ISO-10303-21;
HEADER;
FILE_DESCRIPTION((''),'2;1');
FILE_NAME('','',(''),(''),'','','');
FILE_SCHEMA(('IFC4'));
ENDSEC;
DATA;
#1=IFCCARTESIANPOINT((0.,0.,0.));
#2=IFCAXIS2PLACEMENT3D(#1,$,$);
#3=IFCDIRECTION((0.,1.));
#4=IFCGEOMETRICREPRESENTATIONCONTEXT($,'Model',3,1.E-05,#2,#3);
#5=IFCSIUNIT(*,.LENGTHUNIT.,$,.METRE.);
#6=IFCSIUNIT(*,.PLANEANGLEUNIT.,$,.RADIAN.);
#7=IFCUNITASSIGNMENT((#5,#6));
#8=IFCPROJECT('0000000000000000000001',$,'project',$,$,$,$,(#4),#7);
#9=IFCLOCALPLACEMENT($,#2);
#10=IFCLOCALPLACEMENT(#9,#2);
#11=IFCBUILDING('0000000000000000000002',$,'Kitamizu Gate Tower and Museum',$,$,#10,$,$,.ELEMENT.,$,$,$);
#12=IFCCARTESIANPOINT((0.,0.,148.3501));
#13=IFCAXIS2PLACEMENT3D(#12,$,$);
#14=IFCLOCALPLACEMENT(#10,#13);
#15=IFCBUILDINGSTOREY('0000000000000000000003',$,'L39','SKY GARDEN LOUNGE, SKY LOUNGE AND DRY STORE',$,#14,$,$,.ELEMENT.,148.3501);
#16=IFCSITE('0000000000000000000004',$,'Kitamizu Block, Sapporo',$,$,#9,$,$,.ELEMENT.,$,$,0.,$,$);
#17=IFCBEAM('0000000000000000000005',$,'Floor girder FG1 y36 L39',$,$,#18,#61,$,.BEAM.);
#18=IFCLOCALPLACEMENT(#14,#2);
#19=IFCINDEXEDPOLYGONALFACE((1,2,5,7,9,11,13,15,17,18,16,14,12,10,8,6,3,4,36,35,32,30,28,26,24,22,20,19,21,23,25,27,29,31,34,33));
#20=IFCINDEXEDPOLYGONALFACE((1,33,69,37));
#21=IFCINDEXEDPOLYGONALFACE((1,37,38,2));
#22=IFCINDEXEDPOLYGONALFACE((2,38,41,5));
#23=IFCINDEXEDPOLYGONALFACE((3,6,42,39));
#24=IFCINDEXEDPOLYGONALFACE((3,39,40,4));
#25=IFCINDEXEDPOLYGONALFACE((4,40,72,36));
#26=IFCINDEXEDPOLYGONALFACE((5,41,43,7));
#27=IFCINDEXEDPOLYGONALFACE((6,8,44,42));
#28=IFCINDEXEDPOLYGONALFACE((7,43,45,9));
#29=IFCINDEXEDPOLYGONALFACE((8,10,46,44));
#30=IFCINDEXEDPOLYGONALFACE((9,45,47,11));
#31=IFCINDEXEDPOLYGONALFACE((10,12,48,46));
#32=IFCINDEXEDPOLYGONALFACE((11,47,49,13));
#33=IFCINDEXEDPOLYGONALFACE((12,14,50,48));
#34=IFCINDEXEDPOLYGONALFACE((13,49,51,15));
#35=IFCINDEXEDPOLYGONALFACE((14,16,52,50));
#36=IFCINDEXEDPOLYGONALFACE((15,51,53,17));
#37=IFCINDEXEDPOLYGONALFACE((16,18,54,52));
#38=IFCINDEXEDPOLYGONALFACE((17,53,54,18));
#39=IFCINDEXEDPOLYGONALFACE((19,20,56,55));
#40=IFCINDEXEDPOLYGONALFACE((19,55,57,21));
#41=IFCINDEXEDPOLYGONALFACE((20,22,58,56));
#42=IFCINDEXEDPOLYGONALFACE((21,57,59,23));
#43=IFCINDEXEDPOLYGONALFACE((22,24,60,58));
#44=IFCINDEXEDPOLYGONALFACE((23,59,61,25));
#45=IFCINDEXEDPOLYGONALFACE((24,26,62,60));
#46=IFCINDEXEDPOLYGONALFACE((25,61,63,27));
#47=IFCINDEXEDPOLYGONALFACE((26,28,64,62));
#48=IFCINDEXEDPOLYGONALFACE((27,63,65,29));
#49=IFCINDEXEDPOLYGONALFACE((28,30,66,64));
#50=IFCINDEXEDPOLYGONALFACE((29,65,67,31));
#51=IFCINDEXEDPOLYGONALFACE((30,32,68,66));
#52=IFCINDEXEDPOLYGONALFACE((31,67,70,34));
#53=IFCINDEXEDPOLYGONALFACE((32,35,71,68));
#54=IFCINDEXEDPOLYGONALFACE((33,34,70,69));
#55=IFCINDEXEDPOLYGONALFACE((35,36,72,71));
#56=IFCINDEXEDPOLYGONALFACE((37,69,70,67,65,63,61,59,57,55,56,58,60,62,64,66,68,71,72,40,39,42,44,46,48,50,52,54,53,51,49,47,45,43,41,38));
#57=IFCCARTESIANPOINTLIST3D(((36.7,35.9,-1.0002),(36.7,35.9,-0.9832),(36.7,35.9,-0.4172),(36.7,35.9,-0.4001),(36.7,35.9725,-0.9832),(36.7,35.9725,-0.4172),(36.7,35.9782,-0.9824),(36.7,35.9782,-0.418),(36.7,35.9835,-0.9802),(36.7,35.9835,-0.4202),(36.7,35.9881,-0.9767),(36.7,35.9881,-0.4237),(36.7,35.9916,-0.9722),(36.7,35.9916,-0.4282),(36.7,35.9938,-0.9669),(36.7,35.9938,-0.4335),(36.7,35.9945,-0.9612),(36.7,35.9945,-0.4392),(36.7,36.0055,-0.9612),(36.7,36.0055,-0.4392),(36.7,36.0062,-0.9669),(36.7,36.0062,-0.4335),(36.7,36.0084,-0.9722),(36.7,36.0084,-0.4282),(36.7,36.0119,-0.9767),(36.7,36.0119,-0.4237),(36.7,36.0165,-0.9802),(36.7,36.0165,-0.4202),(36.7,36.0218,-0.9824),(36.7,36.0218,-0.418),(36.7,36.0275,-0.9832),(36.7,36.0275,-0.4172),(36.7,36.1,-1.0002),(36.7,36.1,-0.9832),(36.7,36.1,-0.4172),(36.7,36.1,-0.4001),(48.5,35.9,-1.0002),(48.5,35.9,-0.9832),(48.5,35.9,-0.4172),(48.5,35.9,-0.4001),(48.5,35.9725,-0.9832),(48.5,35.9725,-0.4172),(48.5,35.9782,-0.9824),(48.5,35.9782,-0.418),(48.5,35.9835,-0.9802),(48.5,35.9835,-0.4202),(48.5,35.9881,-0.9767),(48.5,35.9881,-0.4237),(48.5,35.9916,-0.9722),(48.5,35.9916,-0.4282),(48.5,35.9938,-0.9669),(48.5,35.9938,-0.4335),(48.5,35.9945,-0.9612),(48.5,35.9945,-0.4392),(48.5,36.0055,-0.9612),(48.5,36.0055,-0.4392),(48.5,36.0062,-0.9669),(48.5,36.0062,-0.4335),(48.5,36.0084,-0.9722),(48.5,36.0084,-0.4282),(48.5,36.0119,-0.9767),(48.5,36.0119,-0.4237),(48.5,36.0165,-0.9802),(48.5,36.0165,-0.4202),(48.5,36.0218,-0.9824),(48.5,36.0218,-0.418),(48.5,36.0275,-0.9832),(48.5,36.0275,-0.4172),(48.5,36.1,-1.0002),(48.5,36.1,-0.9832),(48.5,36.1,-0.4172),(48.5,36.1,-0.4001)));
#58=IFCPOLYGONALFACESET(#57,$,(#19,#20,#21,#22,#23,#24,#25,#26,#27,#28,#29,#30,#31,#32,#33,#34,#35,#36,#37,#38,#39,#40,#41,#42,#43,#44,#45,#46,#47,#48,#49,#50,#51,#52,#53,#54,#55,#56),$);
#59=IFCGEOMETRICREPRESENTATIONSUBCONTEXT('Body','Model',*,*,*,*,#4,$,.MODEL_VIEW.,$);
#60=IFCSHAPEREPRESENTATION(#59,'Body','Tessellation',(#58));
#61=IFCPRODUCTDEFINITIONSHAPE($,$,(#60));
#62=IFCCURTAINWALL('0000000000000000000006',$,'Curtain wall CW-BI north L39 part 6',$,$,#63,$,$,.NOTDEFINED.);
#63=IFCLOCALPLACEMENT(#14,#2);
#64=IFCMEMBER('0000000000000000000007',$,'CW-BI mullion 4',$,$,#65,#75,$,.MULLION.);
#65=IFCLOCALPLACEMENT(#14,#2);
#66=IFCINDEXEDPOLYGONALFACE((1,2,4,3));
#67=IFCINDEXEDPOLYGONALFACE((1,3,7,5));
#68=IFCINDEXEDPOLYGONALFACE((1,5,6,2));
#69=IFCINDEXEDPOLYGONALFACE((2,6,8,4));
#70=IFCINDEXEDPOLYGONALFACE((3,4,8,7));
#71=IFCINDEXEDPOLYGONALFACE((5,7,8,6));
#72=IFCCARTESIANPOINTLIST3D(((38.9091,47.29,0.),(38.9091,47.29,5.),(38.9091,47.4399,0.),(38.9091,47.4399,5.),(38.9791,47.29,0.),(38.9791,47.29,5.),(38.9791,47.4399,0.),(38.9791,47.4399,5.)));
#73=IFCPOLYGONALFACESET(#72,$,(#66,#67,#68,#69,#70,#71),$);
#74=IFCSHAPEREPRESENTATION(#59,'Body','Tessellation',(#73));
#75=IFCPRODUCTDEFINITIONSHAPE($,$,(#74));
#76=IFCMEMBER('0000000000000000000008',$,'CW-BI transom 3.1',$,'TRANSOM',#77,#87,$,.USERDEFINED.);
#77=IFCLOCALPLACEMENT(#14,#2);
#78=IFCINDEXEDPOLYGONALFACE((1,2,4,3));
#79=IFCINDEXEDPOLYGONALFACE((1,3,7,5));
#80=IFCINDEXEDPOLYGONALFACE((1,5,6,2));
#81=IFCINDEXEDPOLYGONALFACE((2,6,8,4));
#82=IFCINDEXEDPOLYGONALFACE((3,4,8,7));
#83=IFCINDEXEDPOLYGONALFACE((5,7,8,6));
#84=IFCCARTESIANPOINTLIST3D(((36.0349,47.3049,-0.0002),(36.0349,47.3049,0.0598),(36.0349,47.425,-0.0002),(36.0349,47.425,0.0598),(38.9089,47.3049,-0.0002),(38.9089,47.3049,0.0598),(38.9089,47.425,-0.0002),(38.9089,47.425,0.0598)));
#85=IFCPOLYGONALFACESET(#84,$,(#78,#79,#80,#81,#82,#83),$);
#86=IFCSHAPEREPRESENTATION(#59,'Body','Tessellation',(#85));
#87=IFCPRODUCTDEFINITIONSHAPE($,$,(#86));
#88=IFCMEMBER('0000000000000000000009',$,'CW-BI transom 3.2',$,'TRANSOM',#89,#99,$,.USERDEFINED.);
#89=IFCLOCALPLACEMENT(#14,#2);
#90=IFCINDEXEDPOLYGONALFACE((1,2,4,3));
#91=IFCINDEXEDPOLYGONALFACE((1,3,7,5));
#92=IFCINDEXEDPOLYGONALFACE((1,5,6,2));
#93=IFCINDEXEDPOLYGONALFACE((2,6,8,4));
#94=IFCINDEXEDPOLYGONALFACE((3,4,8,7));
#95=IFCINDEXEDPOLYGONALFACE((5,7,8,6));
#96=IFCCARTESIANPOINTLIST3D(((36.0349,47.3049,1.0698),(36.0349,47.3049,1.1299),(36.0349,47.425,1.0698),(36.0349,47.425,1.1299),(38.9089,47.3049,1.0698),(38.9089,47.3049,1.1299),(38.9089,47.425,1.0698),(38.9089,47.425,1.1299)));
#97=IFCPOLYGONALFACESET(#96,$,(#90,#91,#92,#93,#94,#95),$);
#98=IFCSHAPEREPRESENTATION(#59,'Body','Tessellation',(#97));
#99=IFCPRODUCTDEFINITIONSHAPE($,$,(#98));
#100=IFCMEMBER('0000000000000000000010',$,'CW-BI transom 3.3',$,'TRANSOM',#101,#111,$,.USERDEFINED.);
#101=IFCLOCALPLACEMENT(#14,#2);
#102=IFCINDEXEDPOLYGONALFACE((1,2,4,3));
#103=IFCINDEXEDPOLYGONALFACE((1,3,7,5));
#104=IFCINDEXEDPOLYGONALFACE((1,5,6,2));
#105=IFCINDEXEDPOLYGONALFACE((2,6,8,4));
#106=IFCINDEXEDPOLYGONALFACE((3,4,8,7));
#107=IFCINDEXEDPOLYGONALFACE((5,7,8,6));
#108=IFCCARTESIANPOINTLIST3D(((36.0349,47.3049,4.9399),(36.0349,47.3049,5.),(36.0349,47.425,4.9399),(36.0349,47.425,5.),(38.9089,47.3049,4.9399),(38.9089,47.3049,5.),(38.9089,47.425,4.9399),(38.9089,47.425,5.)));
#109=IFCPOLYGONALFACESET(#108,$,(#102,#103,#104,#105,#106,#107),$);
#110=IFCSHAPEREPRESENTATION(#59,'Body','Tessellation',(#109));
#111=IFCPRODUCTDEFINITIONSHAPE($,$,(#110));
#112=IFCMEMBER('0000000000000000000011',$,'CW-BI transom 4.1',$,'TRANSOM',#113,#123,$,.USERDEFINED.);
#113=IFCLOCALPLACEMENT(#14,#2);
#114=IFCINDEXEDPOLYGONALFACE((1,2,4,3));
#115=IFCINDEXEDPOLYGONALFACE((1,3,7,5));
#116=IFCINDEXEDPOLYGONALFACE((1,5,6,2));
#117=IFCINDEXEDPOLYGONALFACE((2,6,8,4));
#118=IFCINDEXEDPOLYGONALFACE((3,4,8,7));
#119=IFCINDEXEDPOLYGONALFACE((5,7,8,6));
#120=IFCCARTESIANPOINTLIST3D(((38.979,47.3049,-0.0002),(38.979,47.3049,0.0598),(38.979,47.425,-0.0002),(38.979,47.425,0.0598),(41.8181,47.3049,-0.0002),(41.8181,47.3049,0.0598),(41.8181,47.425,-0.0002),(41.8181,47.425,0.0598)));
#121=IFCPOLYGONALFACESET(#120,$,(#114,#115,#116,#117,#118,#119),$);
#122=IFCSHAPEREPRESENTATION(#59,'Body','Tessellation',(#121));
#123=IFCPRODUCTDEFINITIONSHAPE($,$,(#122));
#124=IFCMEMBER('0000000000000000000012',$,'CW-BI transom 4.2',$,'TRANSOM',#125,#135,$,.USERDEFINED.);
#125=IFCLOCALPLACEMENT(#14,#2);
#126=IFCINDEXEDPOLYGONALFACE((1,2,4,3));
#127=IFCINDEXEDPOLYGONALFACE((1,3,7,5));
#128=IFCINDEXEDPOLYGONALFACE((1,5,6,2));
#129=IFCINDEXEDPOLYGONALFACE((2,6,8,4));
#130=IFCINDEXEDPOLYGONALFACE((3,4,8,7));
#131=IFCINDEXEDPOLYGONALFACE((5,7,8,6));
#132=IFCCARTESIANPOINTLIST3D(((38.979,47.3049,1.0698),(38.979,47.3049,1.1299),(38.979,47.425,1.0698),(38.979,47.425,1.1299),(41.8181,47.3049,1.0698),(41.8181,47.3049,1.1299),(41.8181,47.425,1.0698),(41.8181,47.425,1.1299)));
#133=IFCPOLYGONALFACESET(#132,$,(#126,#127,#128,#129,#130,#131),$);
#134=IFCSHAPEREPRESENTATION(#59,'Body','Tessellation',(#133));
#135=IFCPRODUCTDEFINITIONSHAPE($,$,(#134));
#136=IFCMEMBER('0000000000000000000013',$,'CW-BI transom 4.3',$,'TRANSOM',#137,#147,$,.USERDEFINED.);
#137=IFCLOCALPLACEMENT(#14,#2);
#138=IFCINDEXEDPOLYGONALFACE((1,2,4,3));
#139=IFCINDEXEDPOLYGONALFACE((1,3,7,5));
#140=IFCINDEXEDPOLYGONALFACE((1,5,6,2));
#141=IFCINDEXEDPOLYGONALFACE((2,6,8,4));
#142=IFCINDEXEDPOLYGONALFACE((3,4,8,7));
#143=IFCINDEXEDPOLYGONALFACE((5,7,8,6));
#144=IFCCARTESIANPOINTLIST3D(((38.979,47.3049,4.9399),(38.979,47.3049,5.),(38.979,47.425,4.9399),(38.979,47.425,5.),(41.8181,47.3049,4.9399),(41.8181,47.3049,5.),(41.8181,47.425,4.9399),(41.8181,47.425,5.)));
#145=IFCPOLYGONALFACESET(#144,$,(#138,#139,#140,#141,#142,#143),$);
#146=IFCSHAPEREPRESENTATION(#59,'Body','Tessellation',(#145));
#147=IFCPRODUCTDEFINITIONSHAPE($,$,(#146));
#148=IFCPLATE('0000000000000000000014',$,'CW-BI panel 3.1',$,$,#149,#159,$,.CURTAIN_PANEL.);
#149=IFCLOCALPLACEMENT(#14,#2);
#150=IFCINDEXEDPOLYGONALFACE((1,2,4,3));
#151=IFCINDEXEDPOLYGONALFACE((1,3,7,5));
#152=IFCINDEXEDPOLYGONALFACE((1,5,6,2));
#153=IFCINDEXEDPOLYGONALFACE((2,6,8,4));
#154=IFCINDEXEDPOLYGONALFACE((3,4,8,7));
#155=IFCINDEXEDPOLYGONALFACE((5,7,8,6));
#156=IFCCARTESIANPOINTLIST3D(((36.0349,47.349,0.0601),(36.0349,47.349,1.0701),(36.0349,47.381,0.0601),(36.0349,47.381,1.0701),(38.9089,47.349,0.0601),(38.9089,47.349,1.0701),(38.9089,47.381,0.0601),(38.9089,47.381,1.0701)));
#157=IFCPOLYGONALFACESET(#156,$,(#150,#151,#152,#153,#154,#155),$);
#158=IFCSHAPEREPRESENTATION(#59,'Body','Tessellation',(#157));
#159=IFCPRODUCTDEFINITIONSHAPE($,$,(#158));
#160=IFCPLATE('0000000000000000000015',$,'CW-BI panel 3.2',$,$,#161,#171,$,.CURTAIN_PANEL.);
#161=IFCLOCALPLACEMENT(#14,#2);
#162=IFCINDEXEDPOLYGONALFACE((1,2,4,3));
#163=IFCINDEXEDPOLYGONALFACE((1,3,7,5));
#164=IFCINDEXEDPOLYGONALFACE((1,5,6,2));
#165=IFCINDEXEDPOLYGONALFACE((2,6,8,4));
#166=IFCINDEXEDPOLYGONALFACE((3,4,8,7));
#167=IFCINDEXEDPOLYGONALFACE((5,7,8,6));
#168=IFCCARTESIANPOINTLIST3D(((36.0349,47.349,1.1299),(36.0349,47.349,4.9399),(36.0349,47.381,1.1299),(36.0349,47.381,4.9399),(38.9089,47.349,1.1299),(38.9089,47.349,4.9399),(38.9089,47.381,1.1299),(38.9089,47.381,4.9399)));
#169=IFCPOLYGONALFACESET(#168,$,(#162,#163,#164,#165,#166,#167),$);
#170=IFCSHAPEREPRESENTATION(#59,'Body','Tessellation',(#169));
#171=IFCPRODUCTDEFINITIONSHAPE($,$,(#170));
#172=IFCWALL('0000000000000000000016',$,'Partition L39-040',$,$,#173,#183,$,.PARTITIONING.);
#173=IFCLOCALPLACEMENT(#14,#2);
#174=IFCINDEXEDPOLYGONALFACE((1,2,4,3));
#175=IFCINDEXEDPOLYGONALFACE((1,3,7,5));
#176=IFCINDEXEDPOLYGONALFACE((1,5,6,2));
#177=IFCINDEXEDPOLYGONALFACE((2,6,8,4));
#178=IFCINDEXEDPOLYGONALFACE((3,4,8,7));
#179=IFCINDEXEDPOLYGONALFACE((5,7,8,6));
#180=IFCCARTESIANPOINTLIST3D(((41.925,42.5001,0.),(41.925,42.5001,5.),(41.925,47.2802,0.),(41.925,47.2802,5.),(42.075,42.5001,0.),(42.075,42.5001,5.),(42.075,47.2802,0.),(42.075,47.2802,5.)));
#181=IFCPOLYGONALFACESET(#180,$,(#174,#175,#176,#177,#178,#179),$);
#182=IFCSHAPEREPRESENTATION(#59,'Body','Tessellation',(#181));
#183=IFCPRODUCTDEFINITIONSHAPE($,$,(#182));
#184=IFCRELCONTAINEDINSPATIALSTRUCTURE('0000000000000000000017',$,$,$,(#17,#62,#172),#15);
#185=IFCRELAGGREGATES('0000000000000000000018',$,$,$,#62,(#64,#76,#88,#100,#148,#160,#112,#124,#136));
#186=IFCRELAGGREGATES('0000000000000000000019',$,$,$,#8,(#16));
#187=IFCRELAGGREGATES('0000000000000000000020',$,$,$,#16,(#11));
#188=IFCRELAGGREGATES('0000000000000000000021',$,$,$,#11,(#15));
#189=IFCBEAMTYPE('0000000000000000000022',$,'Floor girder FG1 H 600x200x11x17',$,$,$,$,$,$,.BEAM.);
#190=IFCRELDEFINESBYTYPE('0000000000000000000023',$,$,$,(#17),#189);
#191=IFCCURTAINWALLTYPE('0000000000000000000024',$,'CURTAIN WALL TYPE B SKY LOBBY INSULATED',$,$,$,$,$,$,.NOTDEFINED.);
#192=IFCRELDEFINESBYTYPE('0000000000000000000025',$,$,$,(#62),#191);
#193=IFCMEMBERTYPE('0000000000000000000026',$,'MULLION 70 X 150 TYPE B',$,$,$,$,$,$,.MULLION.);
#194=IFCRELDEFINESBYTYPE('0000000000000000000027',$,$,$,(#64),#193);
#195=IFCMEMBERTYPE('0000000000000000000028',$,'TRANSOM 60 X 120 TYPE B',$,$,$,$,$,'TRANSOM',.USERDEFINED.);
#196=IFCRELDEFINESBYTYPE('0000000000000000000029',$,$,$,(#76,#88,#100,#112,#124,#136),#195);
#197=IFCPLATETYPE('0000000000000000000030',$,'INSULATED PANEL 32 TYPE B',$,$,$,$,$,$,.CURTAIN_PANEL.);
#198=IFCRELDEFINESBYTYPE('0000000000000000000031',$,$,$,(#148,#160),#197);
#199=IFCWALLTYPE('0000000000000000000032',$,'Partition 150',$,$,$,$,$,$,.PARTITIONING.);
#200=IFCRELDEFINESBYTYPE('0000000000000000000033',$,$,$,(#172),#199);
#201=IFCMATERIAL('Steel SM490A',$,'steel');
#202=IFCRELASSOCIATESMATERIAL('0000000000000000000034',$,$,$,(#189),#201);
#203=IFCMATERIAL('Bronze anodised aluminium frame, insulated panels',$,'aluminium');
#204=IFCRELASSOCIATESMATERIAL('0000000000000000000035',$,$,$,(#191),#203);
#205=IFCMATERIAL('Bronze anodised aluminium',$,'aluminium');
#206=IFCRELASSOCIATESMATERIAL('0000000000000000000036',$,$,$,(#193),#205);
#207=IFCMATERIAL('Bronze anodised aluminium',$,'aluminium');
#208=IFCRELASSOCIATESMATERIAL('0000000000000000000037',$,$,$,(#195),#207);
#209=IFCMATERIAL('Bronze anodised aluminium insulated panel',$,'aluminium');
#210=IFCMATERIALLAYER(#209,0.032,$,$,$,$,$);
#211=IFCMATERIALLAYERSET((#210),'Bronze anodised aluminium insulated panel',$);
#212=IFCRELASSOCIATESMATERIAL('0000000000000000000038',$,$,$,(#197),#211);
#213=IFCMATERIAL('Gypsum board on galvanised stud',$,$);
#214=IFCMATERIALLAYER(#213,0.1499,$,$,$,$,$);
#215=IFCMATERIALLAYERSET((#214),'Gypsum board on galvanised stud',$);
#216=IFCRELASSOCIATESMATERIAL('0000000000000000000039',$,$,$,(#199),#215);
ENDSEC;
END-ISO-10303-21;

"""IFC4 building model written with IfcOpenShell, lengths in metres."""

from ifc_helpers import new_model, si_unit, direction, frame, frame_2d, origin, origin_2d, place, context, subcontext, project, spatial, rectangle, i_section, extrude, material, layer, layer_set, material_profile, profile_set, type_object, element, aggregate, save


model = new_model("IFC4")

# Units and contexts
model_context = context("Model", 3, precision=1e-05, world=origin(), true_north=direction((0.0, 1.0)))
body_context = subcontext(model_context, "Body", "Model", "MODEL_VIEW")
ifc_project = project(units=[si_unit("LENGTHUNIT", "METRE"), si_unit("PLANEANGLEUNIT", "RADIAN")], contexts=[model_context])

# Site, building, storey
site_placement = place(None, origin())
site = spatial("IfcSite", under=ifc_project, at=site_placement, Name="Kitamizu Block, Sapporo", CompositionType="ELEMENT", RefElevation=0.0)
building_placement = place(site_placement, origin())
building = spatial("IfcBuilding", under=site, at=building_placement, Name="Kitamizu Gate Tower and Museum", CompositionType="ELEMENT")
storey_placement = place(building_placement, frame((0.0, 0.0, 148.3501)))
storey = spatial("IfcBuildingStorey", under=building, at=storey_placement, Name="L39", Description="SKY GARDEN LOUNGE, SKY LOUNGE AND DRY STORE", CompositionType="ELEMENT", Elevation=148.3501)

# Beam
ifc_material_1 = material(Name="Steel SM490A", Category="steel")
ifc_material_profile_1 = material_profile(ifc_material_1, i_section(OverallWidth=0.2, OverallDepth=0.6001, WebThickness=0.011, FlangeThickness=0.0171, FilletRadius=0.022, at=origin_2d()), Name="H-600x200x11x17")
ifc_profile_set_1 = profile_set([ifc_material_profile_1], Name="Steel SM490A")
beam_type = type_object("IfcBeamType", Name="Floor girder FG1 H 600x200x11x17", PredefinedType="BEAM", material=ifc_profile_set_1)
beam_placement = place(storey_placement, frame((36.7, 36.0, -0.7002), z_axis=(1.0, 0.0, 0.0), x_axis=(0.0, 1.0, 0.0)))
element("IfcBeam", 1, at=beam_placement, inside=storey, type_object=beam_type, Name="Floor girder FG1 y36 L39", PredefinedType="BEAM", context=body_context, shape_type="SweptSolid", body=[
    extrude(i_section(OverallWidth=0.2, OverallDepth=0.6001, WebThickness=0.011, FlangeThickness=0.0171, FilletRadius=0.022, at=origin_2d()), origin(), (0.0, 0.0, 1.0), 11.8),
])

# Curtain wall, members, plates
ifc_material_2 = material(Name="Bronze anodised aluminium frame, insulated panels", Category="aluminium")
curtain_wall_type = type_object("IfcCurtainWallType", Name="CURTAIN WALL TYPE B SKY LOBBY INSULATED", PredefinedType="NOTDEFINED", material=ifc_material_2)
curtain_wall_placement = place(storey_placement, origin())
curtain_wall = element("IfcCurtainWall", 2, at=curtain_wall_placement, inside=storey, type_object=curtain_wall_type, Name="Curtain wall CW-BI north L39 part 6", PredefinedType="NOTDEFINED")
ifc_material_3 = material(Name="Bronze anodised aluminium", Category="aluminium")
ifc_material_profile_2 = material_profile(ifc_material_3, rectangle(XDim=0.0701, YDim=0.1499, at=origin_2d()), Name="AL 70X150")
ifc_profile_set_2 = profile_set([ifc_material_profile_2], Name="Bronze anodised aluminium")
member_type_1 = type_object("IfcMemberType", Name="MULLION 70 X 150 TYPE B", PredefinedType="MULLION", material=ifc_profile_set_2)
member_1_placement = place(storey_placement, frame((38.9441, 47.365, 0.0), z_axis=(0.0, 0.0, 1.0), x_axis=(1.0, 0.0, 0.0)))
member_1 = element("IfcMember", 3, at=member_1_placement, type_object=member_type_1, Name="CW-BI mullion 4", PredefinedType="MULLION", context=body_context, shape_type="SweptSolid", body=[
    extrude(rectangle(XDim=0.0701, YDim=0.1499, at=origin_2d()), origin(), (0.0, 0.0, 1.0), 5.0),
])
ifc_material_4 = material(Name="Bronze anodised aluminium", Category="aluminium")
ifc_material_profile_3 = material_profile(ifc_material_4, rectangle(XDim=0.1201, YDim=0.0601, at=origin_2d()), Name="AL 60X120")
ifc_profile_set_3 = profile_set([ifc_material_profile_3], Name="Bronze anodised aluminium")
member_type_2 = type_object("IfcMemberType", Name="TRANSOM 60 X 120 TYPE B", ElementType="TRANSOM", PredefinedType="USERDEFINED", material=ifc_profile_set_3)
member_2_placement = place(storey_placement, frame((36.0349, 47.365, 0.0298), z_axis=(1.0, 0.0, 0.0), x_axis=(0.0, 1.0, 0.0)))
member_2 = element("IfcMember", 4, at=member_2_placement, type_object=member_type_2, Name="CW-BI transom 3.1", ObjectType="TRANSOM", PredefinedType="USERDEFINED", context=body_context, shape_type="SweptSolid", body=[
    extrude(rectangle(XDim=0.1201, YDim=0.0601, at=origin_2d()), origin(), (0.0, 0.0, 1.0), 2.874),
])
member_3_placement = place(storey_placement, frame((36.0349, 47.365, 1.0999), z_axis=(1.0, 0.0, 0.0), x_axis=(0.0, 1.0, 0.0)))
member_3 = element("IfcMember", 5, at=member_3_placement, type_object=member_type_2, Name="CW-BI transom 3.2", ObjectType="TRANSOM", PredefinedType="USERDEFINED", context=body_context, shape_type="SweptSolid", body=[
    extrude(rectangle(XDim=0.1201, YDim=0.0601, at=origin_2d()), origin(), (0.0, 0.0, 1.0), 2.874),
])
member_4_placement = place(storey_placement, frame((36.0349, 47.365, 4.97), z_axis=(1.0, 0.0, 0.0), x_axis=(0.0, 1.0, 0.0)))
member_4 = element("IfcMember", 6, at=member_4_placement, type_object=member_type_2, Name="CW-BI transom 3.3", ObjectType="TRANSOM", PredefinedType="USERDEFINED", context=body_context, shape_type="SweptSolid", body=[
    extrude(rectangle(XDim=0.1201, YDim=0.0601, at=origin_2d()), origin(), (0.0, 0.0, 1.0), 2.874),
])
member_5_placement = place(storey_placement, frame((38.979, 47.365, 0.0298), z_axis=(1.0, 0.0, 0.0), x_axis=(0.0, 1.0, 0.0)))
member_5 = element("IfcMember", 7, at=member_5_placement, type_object=member_type_2, Name="CW-BI transom 4.1", ObjectType="TRANSOM", PredefinedType="USERDEFINED", context=body_context, shape_type="SweptSolid", body=[
    extrude(rectangle(XDim=0.1201, YDim=0.0601, at=origin_2d()), origin(), (0.0, 0.0, 1.0), 2.8391),
])
member_6_placement = place(storey_placement, frame((38.979, 47.365, 1.0999), z_axis=(1.0, 0.0, 0.0), x_axis=(0.0, 1.0, 0.0)))
member_6 = element("IfcMember", 8, at=member_6_placement, type_object=member_type_2, Name="CW-BI transom 4.2", ObjectType="TRANSOM", PredefinedType="USERDEFINED", context=body_context, shape_type="SweptSolid", body=[
    extrude(rectangle(XDim=0.1201, YDim=0.0601, at=origin_2d()), origin(), (0.0, 0.0, 1.0), 2.8391),
])
member_7_placement = place(storey_placement, frame((38.979, 47.365, 4.97), z_axis=(1.0, 0.0, 0.0), x_axis=(0.0, 1.0, 0.0)))
member_7 = element("IfcMember", 9, at=member_7_placement, type_object=member_type_2, Name="CW-BI transom 4.3", ObjectType="TRANSOM", PredefinedType="USERDEFINED", context=body_context, shape_type="SweptSolid", body=[
    extrude(rectangle(XDim=0.1201, YDim=0.0601, at=origin_2d()), origin(), (0.0, 0.0, 1.0), 2.8391),
])
ifc_material_5 = material(Name="Bronze anodised aluminium insulated panel", Category="aluminium")
ifc_layer_1 = layer(ifc_material_5, 0.032)
ifc_layer_set_1 = layer_set([ifc_layer_1], Name="Bronze anodised aluminium insulated panel")
plate_type = type_object("IfcPlateType", Name="INSULATED PANEL 32 TYPE B", PredefinedType="CURTAIN_PANEL", material=ifc_layer_set_1)
plate_1_placement = place(storey_placement, frame((37.4719, 47.365, 0.0601), z_axis=(0.0, 0.0, 1.0), x_axis=(1.0, 0.0, 0.0)))
plate_1 = element("IfcPlate", 10, at=plate_1_placement, type_object=plate_type, Name="CW-BI panel 3.1", PredefinedType="CURTAIN_PANEL", context=body_context, shape_type="SweptSolid", body=[
    extrude(rectangle(XDim=2.874, YDim=0.032, at=origin_2d()), origin(), (0.0, 0.0, 1.0), 1.01),
])
plate_2_placement = place(storey_placement, frame((37.4719, 47.365, 1.1299), z_axis=(0.0, 0.0, 1.0), x_axis=(1.0, 0.0, 0.0)))
plate_2 = element("IfcPlate", 11, at=plate_2_placement, type_object=plate_type, Name="CW-BI panel 3.2", PredefinedType="CURTAIN_PANEL", context=body_context, shape_type="SweptSolid", body=[
    extrude(rectangle(XDim=2.874, YDim=0.032, at=origin_2d()), origin(), (0.0, 0.0, 1.0), 3.8101),
])
aggregate(curtain_wall, [member_1, member_2, member_3, member_4, plate_1, plate_2, member_5, member_6, member_7])

# Wall
ifc_material_6 = material(Name="Gypsum board on galvanised stud")
ifc_layer_2 = layer(ifc_material_6, 0.1499)
ifc_layer_set_2 = layer_set([ifc_layer_2], Name="Gypsum board on galvanised stud")
wall_type_1 = type_object("IfcWallType", Name="Partition 150", PredefinedType="PARTITIONING", material=ifc_layer_set_2)
wall_1_placement = place(storey_placement, frame((42.0, 42.5, 0.0), z_axis=(0.0, 0.0, 1.0), x_axis=(0.0, 1.0, 0.0)))
element("IfcWall", 12, at=wall_1_placement, inside=storey, type_object=wall_type_1, Name="Partition L39-040", PredefinedType="PARTITIONING", context=body_context, shape_type="SweptSolid", body=[
    extrude(rectangle(XDim=4.78, YDim=0.1499, at=frame_2d((2.3901, 0.0))), origin(), (0.0, 0.0, 1.0), 5.0),
])

save(model, "model.ifc")
